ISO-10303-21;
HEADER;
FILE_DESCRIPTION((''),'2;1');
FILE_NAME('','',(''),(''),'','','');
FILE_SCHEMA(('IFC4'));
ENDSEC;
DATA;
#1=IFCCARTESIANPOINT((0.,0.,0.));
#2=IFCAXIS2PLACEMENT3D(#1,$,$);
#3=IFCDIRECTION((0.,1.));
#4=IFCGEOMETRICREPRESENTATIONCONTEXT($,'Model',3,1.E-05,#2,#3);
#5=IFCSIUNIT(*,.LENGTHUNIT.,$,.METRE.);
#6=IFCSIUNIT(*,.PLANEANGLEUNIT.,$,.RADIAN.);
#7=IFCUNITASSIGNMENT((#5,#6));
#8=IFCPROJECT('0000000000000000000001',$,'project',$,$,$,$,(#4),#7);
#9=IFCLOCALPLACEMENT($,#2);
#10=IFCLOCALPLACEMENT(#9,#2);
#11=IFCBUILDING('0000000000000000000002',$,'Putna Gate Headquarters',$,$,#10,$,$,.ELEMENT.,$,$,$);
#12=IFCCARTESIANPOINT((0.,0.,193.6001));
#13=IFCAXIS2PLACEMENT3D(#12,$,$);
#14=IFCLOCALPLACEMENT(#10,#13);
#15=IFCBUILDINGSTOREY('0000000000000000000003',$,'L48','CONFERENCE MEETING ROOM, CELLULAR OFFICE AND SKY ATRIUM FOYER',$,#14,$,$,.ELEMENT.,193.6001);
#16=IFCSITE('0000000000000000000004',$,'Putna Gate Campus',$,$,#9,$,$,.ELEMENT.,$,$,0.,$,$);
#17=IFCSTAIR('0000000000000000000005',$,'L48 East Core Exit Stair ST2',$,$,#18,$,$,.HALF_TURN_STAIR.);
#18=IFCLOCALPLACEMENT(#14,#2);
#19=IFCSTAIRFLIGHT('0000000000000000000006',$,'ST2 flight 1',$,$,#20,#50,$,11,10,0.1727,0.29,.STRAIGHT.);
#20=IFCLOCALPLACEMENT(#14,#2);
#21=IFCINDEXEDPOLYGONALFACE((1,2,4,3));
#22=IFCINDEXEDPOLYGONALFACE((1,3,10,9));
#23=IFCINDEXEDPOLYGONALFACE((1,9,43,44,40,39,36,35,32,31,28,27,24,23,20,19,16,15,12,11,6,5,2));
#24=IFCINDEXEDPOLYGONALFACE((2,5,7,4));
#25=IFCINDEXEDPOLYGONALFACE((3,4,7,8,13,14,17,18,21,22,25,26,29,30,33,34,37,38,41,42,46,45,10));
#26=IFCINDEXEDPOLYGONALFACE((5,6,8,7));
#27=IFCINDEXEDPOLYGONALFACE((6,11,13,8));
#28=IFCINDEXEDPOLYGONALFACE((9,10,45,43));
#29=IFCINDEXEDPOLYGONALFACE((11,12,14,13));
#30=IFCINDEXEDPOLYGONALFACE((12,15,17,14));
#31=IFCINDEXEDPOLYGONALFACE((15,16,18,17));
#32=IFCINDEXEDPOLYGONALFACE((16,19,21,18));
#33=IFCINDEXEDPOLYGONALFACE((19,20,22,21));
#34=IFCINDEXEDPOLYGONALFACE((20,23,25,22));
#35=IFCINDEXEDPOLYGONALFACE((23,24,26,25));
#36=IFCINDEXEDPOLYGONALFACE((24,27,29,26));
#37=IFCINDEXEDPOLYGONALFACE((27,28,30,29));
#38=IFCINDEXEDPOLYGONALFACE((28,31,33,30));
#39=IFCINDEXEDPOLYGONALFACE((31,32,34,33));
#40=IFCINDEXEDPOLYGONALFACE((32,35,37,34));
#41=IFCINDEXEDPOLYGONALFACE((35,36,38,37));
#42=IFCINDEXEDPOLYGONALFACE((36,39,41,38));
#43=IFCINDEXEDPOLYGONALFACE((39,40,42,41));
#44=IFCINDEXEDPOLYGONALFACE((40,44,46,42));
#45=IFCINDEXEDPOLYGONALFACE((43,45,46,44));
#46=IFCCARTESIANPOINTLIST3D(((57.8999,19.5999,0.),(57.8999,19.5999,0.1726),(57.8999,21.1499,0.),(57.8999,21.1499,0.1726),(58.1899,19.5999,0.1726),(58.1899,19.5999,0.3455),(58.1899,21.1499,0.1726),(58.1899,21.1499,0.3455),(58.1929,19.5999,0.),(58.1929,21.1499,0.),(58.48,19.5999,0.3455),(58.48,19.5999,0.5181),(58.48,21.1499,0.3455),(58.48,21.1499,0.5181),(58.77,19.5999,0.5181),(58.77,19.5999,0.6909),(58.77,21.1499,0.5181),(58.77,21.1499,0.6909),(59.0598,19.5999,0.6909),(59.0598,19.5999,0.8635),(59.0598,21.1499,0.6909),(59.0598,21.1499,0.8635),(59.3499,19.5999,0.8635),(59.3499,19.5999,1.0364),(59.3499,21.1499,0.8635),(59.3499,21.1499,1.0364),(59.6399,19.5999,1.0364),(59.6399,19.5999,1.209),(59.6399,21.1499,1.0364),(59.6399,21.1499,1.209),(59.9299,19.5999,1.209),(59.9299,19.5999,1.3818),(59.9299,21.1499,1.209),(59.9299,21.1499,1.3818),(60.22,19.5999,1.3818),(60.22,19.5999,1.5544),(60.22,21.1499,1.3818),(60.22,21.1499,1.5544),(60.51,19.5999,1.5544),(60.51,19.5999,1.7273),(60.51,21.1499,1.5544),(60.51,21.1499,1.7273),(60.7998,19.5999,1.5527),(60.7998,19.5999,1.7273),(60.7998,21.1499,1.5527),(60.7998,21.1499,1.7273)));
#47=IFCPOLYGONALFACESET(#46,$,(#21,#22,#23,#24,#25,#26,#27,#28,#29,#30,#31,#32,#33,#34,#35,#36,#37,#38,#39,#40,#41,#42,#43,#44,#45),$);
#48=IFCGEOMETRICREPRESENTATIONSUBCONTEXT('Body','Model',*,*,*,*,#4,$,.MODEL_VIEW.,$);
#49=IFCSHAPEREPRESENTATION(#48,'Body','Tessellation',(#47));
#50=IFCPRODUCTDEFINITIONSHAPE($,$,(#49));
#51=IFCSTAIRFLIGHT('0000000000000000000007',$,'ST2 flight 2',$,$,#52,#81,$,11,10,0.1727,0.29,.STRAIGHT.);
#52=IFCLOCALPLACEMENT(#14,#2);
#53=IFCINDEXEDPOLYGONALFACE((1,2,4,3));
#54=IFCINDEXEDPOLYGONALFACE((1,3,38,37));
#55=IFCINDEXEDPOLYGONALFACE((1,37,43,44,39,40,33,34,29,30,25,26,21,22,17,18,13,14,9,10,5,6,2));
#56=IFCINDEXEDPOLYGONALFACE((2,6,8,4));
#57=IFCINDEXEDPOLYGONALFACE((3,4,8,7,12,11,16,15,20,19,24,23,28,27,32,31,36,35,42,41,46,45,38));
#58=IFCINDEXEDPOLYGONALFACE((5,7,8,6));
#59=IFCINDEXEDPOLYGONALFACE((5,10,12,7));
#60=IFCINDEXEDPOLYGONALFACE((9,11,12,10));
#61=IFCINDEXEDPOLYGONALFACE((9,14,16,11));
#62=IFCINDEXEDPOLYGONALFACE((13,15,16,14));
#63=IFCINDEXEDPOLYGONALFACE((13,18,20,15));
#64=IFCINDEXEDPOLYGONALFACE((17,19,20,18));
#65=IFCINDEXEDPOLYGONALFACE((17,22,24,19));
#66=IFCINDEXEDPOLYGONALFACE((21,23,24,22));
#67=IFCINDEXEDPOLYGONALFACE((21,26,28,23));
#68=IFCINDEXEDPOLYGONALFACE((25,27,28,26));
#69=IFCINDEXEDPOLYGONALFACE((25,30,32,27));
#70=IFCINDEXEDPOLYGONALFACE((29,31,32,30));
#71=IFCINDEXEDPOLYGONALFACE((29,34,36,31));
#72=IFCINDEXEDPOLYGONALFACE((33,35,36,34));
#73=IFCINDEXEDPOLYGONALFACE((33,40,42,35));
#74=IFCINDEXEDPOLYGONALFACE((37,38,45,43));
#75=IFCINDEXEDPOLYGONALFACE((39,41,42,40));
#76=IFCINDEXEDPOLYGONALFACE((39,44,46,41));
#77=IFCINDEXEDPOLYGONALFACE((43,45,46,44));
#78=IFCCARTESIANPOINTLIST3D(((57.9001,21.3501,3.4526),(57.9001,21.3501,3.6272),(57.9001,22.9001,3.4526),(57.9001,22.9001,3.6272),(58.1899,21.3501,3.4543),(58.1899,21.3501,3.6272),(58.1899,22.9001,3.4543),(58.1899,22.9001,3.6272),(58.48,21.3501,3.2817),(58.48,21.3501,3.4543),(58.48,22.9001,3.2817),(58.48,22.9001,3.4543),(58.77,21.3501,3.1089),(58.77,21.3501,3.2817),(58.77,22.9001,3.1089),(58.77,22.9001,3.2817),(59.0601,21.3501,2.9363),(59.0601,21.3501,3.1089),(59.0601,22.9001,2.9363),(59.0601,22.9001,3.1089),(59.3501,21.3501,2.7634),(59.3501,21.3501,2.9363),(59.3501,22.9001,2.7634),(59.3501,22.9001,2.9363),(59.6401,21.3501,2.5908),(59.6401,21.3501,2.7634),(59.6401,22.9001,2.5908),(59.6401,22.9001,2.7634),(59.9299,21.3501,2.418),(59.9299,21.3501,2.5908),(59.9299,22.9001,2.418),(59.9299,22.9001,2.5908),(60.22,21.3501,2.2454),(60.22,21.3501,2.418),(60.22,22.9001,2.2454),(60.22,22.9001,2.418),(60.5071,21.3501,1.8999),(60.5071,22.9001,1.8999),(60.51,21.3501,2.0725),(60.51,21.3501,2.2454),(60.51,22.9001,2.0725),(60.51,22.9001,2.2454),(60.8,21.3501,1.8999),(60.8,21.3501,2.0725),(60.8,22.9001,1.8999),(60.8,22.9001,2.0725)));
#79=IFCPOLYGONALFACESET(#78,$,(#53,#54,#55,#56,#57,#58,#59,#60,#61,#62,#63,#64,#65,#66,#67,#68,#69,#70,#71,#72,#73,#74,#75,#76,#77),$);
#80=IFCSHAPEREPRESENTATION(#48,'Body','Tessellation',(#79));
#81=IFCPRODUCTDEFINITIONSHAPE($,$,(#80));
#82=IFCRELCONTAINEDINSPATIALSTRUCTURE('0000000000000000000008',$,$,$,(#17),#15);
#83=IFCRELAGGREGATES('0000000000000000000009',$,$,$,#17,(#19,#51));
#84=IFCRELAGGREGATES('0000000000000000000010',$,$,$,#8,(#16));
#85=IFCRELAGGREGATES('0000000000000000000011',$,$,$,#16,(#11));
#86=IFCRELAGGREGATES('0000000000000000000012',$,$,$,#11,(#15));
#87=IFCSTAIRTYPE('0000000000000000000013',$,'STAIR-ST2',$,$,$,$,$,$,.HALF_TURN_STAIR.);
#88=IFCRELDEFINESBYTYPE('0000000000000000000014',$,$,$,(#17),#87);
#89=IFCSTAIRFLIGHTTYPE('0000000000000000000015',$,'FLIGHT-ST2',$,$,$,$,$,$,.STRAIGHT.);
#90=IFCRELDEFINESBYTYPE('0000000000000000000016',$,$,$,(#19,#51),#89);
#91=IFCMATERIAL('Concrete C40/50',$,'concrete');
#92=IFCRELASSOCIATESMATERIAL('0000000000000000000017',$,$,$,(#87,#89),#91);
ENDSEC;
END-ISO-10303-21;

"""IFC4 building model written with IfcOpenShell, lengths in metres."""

from ifc_helpers import new_model, si_unit, direction, frame, origin, place, context, subcontext, project, spatial, polyline, outline, extrude, material, type_object, element, aggregate, save


model = new_model("IFC4")

# Units and contexts
model_context = context("Model", 3, precision=1e-05, world=origin(), true_north=direction((0.0, 1.0)))
body_context = subcontext(model_context, "Body", "Model", "MODEL_VIEW")
ifc_project = project(units=[si_unit("LENGTHUNIT", "METRE"), si_unit("PLANEANGLEUNIT", "RADIAN")], contexts=[model_context])

# Site, building, storey
site_placement = place(None, origin())
site = spatial("IfcSite", under=ifc_project, at=site_placement, Name="Putna Gate Campus", CompositionType="ELEMENT", RefElevation=0.0)
building_placement = place(site_placement, origin())
building = spatial("IfcBuilding", under=site, at=building_placement, Name="Putna Gate Headquarters", CompositionType="ELEMENT")
storey_placement = place(building_placement, frame((0.0, 0.0, 193.6001)))
storey = spatial("IfcBuildingStorey", under=building, at=storey_placement, Name="L48", Description="CONFERENCE MEETING ROOM, CELLULAR OFFICE AND SKY ATRIUM FOYER", CompositionType="ELEMENT", Elevation=193.6001)

# Shared definitions
ifc_material_1 = material(Name="Concrete C40/50", Category="concrete")

# Stair, stair flights
stair_type = type_object("IfcStairType", Name="STAIR-ST2", PredefinedType="HALF_TURN_STAIR", material=ifc_material_1)
stair_placement = place(storey_placement, origin())
stair = element("IfcStair", 1, at=stair_placement, inside=storey, type_object=stair_type, Name="L48 East Core Exit Stair ST2", PredefinedType="HALF_TURN_STAIR")
stair_flight_type = type_object("IfcStairFlightType", Name="FLIGHT-ST2", PredefinedType="STRAIGHT", material=ifc_material_1)
stair_flight_1_placement = place(storey_placement, frame((57.8999, 20.375, 0.0), z_axis=(0.0, 0.0, 1.0), x_axis=(1.0, 0.0, 0.0)))
stair_flight_1 = element("IfcStairFlight", 2, at=stair_flight_1_placement, type_object=stair_flight_type, Name="ST2 flight 1", NumberOfRisers=11, NumberOfTreads=10, PredefinedType="STRAIGHT", RiserHeight=0.1727, TreadLength=0.29, context=body_context, shape_type="SweptSolid", body=[
    extrude(outline(polyline([(0.0, 0.0), (0.0, 0.1726), (0.29, 0.1726), (0.29, 0.3455), (0.5801, 0.3455), (0.5801, 0.5181), (0.8701, 0.5181), (0.8701, 0.6909), (1.1599, 0.6909), (1.1599, 0.8635), (1.45, 0.8635), (1.45, 1.0364), (1.74, 1.0364), (1.74, 1.209), (2.03, 1.209), (2.03, 1.3818), (2.3201, 1.3818), (2.3201, 1.5544), (2.6101, 1.5544), (2.6101, 1.7273), (2.8999, 1.7273), (2.8999, 1.8999), (2.8999, 1.5527), (0.293, 0.0), (0.0, 0.0)])), frame((0.0, 0.7749, 0.0), z_axis=(0.0, -1.0, 0.0), x_axis=(1.0, 0.0, 0.0)), (0.0, 0.0, 1.0), 1.55),
])
stair_flight_2_placement = place(storey_placement, frame((60.8, 22.125, 1.8999), z_axis=(0.0, 0.0, 1.0), x_axis=(-1.0, 0.0, 0.0)))
stair_flight_2 = element("IfcStairFlight", 3, at=stair_flight_2_placement, type_object=stair_flight_type, Name="ST2 flight 2", NumberOfRisers=11, NumberOfTreads=10, PredefinedType="STRAIGHT", RiserHeight=0.1727, TreadLength=0.29, context=body_context, shape_type="SweptSolid", body=[
    extrude(outline(polyline([(0.0, 0.0), (0.0, 0.1726), (0.29, 0.1726), (0.29, 0.3455), (0.5801, 0.3455), (0.5801, 0.5181), (0.8701, 0.5181), (0.8701, 0.6909), (1.1599, 0.6909), (1.1599, 0.8635), (1.45, 0.8635), (1.45, 1.0364), (1.74, 1.0364), (1.74, 1.209), (2.03, 1.209), (2.03, 1.3818), (2.3201, 1.3818), (2.3201, 1.5544), (2.6101, 1.5544), (2.6101, 1.7273), (2.8999, 1.7273), (2.8999, 1.8999), (2.8999, 1.5527), (0.293, 0.0), (0.0, 0.0)])), frame((0.0, 0.7749, 0.0), z_axis=(0.0, -1.0, 0.0), x_axis=(1.0, 0.0, 0.0)), (0.0, 0.0, 1.0), 1.55),
])
aggregate(stair, [stair_flight_1, stair_flight_2])

save(model, "model.ifc")
